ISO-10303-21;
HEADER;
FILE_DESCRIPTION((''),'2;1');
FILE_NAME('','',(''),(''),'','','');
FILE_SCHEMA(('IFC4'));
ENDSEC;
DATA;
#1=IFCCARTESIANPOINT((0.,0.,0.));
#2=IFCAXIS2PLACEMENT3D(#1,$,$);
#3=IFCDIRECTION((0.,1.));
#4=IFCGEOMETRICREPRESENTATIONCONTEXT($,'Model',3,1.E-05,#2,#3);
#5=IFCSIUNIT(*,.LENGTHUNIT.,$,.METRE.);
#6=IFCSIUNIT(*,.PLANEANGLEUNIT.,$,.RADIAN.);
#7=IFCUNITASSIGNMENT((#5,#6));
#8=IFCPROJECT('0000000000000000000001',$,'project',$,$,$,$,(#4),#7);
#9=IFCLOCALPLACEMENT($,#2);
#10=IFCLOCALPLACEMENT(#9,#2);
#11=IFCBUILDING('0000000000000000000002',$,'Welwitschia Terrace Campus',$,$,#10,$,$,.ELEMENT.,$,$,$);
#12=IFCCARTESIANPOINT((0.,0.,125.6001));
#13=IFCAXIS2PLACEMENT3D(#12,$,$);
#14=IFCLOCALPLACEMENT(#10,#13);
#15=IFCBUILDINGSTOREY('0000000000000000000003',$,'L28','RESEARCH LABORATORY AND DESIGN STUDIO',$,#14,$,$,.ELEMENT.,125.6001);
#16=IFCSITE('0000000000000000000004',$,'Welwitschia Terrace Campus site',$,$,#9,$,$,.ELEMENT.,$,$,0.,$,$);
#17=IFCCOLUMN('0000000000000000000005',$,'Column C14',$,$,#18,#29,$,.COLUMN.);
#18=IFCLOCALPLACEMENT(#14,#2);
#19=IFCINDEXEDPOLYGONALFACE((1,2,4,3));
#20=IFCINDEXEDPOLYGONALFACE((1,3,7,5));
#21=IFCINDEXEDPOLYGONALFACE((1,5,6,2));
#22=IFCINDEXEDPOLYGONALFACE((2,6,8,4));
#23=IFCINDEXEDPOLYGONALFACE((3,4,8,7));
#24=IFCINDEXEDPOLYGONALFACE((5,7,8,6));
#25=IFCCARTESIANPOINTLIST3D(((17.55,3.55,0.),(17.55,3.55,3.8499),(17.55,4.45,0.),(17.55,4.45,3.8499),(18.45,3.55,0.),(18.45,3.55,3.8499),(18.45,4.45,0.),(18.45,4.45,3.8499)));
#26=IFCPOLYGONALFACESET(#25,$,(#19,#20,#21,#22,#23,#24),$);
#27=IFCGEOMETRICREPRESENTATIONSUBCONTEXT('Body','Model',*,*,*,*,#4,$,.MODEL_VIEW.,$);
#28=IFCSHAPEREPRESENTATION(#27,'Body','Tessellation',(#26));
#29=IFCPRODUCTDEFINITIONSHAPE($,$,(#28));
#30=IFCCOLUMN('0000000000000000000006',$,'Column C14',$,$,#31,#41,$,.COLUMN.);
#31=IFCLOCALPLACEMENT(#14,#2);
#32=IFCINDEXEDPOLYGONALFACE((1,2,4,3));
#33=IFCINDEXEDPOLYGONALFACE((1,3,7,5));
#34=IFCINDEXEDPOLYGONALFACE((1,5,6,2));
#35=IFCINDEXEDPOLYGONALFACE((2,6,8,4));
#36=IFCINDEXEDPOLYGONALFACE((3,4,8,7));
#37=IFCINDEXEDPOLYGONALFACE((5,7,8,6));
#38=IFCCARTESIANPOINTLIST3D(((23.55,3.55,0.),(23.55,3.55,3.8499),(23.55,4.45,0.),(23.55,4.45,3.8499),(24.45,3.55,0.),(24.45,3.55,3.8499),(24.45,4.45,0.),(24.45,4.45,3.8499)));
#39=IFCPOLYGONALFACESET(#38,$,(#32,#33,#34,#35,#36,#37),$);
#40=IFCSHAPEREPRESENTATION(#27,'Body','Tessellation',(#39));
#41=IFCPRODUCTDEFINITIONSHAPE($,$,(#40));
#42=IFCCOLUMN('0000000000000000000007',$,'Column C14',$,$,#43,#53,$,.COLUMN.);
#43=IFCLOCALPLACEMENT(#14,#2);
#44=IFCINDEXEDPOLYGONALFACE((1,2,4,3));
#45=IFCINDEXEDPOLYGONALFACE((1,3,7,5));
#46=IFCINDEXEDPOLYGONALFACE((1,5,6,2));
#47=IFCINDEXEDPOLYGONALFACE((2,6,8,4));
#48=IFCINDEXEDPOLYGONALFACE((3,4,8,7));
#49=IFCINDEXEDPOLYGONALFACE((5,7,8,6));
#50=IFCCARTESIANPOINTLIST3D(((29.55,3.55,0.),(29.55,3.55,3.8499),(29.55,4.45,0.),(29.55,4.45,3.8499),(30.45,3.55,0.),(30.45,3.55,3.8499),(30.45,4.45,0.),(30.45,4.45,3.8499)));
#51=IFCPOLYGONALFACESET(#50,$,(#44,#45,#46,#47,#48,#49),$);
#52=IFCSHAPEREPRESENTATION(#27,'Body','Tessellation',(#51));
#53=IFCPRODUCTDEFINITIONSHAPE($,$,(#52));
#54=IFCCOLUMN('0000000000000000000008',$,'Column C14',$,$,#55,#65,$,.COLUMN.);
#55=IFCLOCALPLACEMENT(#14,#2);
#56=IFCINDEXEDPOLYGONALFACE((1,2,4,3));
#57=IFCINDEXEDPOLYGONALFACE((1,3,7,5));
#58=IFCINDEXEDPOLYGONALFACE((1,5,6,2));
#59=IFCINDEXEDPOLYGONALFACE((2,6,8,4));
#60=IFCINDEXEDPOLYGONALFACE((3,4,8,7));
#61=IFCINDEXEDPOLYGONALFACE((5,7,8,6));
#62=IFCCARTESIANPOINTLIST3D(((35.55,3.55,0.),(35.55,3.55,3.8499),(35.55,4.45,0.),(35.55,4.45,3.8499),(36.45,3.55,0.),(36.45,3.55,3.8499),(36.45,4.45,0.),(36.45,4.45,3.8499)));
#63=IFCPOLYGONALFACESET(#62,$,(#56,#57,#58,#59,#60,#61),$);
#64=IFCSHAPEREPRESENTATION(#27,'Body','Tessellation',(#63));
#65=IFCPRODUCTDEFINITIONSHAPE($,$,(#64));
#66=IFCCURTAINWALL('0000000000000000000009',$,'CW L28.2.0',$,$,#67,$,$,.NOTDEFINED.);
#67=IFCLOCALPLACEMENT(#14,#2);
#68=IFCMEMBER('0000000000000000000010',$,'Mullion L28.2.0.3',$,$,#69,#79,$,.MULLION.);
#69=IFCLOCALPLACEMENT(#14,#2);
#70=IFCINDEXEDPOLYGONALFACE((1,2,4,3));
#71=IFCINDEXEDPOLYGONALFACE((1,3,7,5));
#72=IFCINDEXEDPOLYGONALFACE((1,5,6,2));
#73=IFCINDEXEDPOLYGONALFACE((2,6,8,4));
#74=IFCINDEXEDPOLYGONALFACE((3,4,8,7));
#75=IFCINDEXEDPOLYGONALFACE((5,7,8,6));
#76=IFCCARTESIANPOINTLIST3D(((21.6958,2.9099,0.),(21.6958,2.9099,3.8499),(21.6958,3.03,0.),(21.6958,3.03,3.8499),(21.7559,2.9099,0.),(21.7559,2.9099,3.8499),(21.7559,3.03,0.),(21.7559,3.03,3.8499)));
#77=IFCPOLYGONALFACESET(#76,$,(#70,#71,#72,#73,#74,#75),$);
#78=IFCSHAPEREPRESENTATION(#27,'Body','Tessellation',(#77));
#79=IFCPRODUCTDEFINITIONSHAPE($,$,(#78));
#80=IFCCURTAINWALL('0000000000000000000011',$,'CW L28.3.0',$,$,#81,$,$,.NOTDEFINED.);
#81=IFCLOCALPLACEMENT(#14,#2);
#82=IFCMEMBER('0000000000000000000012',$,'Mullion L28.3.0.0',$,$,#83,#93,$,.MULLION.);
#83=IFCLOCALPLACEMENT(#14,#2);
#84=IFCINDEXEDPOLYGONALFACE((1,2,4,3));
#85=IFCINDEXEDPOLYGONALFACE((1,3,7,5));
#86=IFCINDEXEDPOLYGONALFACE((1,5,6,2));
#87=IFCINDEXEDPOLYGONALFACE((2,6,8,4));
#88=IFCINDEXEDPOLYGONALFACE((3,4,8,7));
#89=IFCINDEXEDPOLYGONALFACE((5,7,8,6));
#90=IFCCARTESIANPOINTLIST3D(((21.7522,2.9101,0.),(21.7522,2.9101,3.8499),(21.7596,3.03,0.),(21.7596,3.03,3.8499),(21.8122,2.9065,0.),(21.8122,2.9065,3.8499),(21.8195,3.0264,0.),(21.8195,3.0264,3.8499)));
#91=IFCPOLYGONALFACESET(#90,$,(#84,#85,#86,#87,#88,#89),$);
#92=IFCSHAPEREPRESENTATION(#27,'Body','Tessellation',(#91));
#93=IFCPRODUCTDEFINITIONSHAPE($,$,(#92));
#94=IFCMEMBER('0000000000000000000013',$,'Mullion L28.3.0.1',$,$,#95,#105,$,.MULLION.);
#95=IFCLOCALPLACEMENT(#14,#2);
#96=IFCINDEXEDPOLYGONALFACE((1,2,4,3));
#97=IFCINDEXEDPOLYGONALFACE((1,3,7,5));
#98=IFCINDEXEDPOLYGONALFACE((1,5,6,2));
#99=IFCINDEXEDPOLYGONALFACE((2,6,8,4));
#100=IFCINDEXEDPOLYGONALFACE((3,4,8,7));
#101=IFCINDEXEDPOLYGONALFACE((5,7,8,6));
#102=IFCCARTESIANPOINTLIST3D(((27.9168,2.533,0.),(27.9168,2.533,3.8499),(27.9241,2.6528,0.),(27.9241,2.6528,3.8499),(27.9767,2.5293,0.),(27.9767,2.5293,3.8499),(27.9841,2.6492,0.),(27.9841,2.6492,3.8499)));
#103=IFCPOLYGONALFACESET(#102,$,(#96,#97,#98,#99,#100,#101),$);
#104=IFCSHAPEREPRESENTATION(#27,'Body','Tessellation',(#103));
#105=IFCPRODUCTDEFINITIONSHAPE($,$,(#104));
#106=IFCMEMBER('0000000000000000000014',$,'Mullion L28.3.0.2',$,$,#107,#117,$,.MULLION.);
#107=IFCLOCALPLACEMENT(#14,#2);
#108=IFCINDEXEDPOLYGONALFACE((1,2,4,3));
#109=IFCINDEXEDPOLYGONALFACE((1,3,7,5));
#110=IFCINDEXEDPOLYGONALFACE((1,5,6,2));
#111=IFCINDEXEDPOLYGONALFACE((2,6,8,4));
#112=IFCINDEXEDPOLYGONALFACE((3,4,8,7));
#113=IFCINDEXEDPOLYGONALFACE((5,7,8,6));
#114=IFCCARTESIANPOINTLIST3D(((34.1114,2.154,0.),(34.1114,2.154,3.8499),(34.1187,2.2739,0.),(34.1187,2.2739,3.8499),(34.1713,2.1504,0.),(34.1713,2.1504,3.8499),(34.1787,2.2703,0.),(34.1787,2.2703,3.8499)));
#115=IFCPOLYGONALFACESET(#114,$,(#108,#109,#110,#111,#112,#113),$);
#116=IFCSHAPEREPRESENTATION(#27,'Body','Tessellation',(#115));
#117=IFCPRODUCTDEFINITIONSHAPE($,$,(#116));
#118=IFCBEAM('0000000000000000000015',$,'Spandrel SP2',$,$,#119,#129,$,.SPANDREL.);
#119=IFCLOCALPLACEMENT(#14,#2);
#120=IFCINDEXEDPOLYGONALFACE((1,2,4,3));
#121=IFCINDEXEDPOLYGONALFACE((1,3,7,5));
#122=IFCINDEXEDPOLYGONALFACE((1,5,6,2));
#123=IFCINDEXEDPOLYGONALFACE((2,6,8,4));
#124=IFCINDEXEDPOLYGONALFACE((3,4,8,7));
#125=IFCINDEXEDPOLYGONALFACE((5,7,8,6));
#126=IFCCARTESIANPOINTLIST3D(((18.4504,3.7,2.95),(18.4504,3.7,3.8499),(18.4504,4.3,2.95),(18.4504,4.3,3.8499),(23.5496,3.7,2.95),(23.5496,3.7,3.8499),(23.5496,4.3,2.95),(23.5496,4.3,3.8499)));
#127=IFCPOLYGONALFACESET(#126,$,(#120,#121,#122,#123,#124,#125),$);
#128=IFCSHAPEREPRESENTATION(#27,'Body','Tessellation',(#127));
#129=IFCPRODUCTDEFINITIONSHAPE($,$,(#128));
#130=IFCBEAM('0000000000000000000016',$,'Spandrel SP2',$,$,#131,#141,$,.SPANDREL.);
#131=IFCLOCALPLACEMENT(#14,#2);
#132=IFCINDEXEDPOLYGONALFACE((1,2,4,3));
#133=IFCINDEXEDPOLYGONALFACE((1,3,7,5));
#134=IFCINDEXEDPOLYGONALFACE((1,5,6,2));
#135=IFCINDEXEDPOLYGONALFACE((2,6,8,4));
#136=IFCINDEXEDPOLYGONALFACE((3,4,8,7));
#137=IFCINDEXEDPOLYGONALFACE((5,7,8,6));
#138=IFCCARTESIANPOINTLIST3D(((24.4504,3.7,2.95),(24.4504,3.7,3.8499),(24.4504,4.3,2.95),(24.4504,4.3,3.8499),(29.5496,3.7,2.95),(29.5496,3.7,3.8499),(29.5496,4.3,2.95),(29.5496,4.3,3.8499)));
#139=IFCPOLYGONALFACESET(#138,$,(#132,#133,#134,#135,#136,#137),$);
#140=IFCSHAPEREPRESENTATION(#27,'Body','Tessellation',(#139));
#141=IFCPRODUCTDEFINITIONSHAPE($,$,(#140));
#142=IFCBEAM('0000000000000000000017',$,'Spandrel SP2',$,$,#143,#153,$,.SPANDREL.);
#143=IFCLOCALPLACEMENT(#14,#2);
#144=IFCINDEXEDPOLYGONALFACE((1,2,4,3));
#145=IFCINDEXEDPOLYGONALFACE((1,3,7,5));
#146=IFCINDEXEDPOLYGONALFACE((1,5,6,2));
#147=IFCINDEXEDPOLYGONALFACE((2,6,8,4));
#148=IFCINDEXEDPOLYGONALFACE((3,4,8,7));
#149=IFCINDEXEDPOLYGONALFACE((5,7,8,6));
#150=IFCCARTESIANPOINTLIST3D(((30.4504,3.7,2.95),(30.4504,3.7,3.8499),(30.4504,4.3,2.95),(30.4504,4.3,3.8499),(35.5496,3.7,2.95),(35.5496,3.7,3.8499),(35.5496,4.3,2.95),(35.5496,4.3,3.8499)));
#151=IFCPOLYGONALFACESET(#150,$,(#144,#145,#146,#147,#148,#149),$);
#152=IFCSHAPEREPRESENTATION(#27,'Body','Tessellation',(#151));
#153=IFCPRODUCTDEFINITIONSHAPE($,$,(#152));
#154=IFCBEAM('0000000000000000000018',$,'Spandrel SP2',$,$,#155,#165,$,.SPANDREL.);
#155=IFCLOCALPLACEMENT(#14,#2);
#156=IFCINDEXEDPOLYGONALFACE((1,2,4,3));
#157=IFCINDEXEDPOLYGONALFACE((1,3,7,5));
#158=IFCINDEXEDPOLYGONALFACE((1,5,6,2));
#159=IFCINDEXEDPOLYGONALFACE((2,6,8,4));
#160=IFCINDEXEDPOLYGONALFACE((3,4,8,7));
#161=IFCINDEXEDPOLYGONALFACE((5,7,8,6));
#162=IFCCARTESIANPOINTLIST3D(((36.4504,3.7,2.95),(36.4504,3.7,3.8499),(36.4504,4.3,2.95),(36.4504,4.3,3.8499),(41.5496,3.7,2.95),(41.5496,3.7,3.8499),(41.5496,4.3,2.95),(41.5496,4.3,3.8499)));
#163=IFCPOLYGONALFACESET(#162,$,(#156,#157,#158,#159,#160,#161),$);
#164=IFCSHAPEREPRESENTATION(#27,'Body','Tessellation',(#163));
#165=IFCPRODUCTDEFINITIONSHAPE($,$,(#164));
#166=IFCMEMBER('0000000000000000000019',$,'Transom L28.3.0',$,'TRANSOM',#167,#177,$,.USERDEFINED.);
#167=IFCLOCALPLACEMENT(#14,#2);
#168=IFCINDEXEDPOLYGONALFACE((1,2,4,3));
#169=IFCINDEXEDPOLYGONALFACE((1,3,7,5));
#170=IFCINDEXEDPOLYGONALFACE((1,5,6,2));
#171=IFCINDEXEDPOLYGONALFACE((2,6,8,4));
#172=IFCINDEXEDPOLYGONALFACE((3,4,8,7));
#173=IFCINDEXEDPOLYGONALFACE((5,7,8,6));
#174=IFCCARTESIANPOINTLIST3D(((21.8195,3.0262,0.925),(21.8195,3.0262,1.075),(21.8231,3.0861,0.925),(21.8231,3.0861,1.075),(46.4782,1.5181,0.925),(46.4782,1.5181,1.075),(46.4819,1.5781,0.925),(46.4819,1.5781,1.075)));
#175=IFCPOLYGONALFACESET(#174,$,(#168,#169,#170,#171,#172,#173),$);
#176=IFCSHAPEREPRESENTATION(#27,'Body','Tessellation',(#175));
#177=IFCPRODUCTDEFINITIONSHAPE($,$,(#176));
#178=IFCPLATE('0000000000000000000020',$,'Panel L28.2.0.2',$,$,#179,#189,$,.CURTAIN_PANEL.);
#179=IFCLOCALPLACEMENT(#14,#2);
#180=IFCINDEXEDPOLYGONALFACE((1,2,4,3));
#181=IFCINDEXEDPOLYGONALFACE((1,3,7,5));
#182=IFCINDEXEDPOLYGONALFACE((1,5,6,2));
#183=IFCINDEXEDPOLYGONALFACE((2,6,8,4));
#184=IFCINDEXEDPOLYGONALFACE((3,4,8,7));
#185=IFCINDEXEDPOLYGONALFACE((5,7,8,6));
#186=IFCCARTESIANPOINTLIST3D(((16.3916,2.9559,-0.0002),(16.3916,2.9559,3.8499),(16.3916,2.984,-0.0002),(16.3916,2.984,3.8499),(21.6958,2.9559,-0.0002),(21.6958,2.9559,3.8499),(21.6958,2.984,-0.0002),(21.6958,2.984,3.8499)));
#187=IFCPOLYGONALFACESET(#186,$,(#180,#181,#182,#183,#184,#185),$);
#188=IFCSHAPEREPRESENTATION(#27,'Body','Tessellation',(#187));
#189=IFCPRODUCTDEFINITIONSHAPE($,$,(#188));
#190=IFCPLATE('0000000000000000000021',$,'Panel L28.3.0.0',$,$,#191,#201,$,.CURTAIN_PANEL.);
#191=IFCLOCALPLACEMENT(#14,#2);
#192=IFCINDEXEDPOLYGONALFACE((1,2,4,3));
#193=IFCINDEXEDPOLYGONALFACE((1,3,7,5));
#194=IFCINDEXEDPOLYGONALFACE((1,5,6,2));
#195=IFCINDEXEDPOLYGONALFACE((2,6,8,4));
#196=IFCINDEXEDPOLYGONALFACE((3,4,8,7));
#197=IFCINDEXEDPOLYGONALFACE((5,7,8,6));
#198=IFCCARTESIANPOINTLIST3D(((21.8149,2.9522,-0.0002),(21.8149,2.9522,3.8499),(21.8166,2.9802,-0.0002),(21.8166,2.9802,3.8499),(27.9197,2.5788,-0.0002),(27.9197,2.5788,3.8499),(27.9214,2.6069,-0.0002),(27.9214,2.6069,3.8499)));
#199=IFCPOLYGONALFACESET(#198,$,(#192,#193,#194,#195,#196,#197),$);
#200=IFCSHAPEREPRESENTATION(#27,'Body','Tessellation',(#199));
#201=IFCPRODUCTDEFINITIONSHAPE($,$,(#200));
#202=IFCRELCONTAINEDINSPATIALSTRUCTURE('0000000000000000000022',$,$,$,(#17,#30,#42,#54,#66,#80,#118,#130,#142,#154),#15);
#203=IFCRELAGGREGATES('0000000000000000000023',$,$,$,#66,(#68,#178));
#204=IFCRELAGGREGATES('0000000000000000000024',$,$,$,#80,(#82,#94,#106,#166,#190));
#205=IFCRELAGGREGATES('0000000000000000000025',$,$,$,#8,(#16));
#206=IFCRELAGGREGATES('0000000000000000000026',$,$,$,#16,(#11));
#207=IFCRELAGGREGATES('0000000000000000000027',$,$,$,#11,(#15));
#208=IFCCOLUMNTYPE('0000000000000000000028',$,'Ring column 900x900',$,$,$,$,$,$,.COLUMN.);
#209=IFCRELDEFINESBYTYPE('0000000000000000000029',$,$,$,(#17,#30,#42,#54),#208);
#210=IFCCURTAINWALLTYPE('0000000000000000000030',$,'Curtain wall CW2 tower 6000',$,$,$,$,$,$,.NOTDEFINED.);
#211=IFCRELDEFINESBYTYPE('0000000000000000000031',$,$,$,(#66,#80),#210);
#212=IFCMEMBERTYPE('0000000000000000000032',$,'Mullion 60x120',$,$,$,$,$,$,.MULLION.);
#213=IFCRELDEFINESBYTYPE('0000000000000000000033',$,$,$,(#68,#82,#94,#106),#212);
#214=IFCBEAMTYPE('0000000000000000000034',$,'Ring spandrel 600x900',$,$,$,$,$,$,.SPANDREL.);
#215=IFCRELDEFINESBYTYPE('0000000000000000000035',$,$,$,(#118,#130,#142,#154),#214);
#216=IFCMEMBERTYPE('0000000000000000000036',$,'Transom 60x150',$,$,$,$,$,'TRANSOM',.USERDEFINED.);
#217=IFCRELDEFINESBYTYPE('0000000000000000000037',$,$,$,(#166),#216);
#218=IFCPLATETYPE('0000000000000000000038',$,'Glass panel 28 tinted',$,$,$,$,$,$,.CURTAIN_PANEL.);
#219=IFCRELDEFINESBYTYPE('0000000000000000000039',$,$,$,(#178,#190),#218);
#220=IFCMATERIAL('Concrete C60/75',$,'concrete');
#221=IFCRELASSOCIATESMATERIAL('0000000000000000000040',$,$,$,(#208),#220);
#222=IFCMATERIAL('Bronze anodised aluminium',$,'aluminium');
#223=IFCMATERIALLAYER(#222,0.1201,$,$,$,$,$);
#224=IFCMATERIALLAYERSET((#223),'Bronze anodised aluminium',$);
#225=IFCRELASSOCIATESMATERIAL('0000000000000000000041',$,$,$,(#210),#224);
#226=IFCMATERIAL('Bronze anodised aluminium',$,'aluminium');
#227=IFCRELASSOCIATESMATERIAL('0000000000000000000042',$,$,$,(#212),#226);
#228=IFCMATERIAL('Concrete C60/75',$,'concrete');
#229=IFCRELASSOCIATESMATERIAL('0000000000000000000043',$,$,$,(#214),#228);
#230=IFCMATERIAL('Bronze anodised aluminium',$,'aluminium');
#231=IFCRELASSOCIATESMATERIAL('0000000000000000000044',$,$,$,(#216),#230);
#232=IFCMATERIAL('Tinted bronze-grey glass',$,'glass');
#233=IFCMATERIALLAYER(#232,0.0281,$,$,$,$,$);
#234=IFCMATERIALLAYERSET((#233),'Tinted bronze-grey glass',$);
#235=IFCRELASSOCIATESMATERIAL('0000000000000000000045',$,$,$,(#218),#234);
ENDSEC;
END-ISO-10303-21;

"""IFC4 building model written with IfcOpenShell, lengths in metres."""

from ifc_helpers import new_model, si_unit, direction, frame, origin, origin_2d, place, context, subcontext, project, spatial, rectangle, extrude, material, layer, layer_set, material_profile, profile_set, type_object, element, aggregate, save


model = new_model("IFC4")

# Units and contexts
model_context = context("Model", 3, precision=1e-05, world=origin(), true_north=direction((0.0, 1.0)))
body_context = subcontext(model_context, "Body", "Model", "MODEL_VIEW")
ifc_project = project(units=[si_unit("LENGTHUNIT", "METRE"), si_unit("PLANEANGLEUNIT", "RADIAN")], contexts=[model_context])

# Site, building, storey
site_placement = place(None, origin())
site = spatial("IfcSite", under=ifc_project, at=site_placement, Name="Welwitschia Terrace Campus site", CompositionType="ELEMENT", RefElevation=0.0)
building_placement = place(site_placement, origin())
building = spatial("IfcBuilding", under=site, at=building_placement, Name="Welwitschia Terrace Campus", CompositionType="ELEMENT")
storey_placement = place(building_placement, frame((0.0, 0.0, 125.6001)))
storey = spatial("IfcBuildingStorey", under=building, at=storey_placement, Name="L28", Description="RESEARCH LABORATORY AND DESIGN STUDIO", CompositionType="ELEMENT", Elevation=125.6001)

# Columns
ifc_material_1 = material(Name="Concrete C60/75", Category="concrete")
ifc_material_profile_1 = material_profile(ifc_material_1, rectangle(XDim=0.8999, YDim=0.8999, at=origin_2d()))
ifc_profile_set_1 = profile_set([ifc_material_profile_1], Name="Concrete C60/75")
column_type = type_object("IfcColumnType", Name="Ring column 900x900", PredefinedType="COLUMN", material=ifc_profile_set_1)
for number, where, z_axis, x_axis, name in (
    (1, (18.0, 4.0, 0.0), (0.0, 0.0, 1.0), (1.0, 0.0, 0.0), "Column C14"),
    (2, (24.0, 4.0, 0.0), (0.0, 0.0, 1.0), (1.0, 0.0, 0.0), "Column C14"),
    (3, (30.0, 4.0, 0.0), (0.0, 0.0, 1.0), (1.0, 0.0, 0.0), "Column C14"),
    (4, (36.0, 4.0, 0.0), (0.0, 0.0, 1.0), (1.0, 0.0, 0.0), "Column C14"),
):
    element("IfcColumn", number, at=place(storey_placement, frame(where, z_axis=z_axis, x_axis=x_axis)), inside=storey, type_object=column_type, Name=name, PredefinedType="COLUMN", context=body_context, shape_type="SweptSolid", body=[
        extrude(rectangle(XDim=0.8999, YDim=0.8999, at=origin_2d()), origin(), (0.0, 0.0, 1.0), 3.8499),
    ])

# Curtain wall, member
ifc_material_2 = material(Name="Bronze anodised aluminium", Category="aluminium")
ifc_layer_1 = layer(ifc_material_2, 0.1201)
ifc_layer_set_1 = layer_set([ifc_layer_1], Name="Bronze anodised aluminium")
curtain_wall_type = type_object("IfcCurtainWallType", Name="Curtain wall CW2 tower 6000", PredefinedType="NOTDEFINED", material=ifc_layer_set_1)
curtain_wall_1_placement = place(storey_placement, origin())
curtain_wall_1 = element("IfcCurtainWall", 5, at=curtain_wall_1_placement, inside=storey, type_object=curtain_wall_type, Name="CW L28.2.0", PredefinedType="NOTDEFINED")
ifc_material_3 = material(Name="Bronze anodised aluminium", Category="aluminium")
ifc_material_profile_2 = material_profile(ifc_material_3, rectangle(XDim=0.1201, YDim=0.0601, at=origin_2d()))
ifc_profile_set_2 = profile_set([ifc_material_profile_2], Name="Bronze anodised aluminium")
member_type_1 = type_object("IfcMemberType", Name="Mullion 60x120", PredefinedType="MULLION", material=ifc_profile_set_2)
member_1_placement = place(storey_placement, frame((21.7258, 2.97, 0.0), z_axis=(0.0, 0.0, 1.0), x_axis=(0.0, 1.0, 0.0)))
member_1 = element("IfcMember", 6, at=member_1_placement, type_object=member_type_1, Name="Mullion L28.2.0.3", PredefinedType="MULLION", context=body_context, shape_type="SweptSolid", body=[
    extrude(rectangle(XDim=0.1201, YDim=0.0601, at=origin_2d()), origin(), (0.0, 0.0, 1.0), 3.8499),
])

# Curtain wall, members
curtain_wall_2_placement = place(storey_placement, origin())
curtain_wall_2 = element("IfcCurtainWall", 7, at=curtain_wall_2_placement, inside=storey, type_object=curtain_wall_type, Name="CW L28.3.0", PredefinedType="NOTDEFINED")
member_2_placement = place(storey_placement, frame((21.7859, 2.9683, 0.0), z_axis=(0.0, 0.0, 1.0), x_axis=(0.061049, 0.998135, 0.0)))
member_2 = element("IfcMember", 8, at=member_2_placement, type_object=member_type_1, Name="Mullion L28.3.0.0", PredefinedType="MULLION", context=body_context, shape_type="SweptSolid", body=[
    extrude(rectangle(XDim=0.1201, YDim=0.0601, at=origin_2d()), origin(), (0.0, 0.0, 1.0), 3.8499),
])
member_3_placement = place(storey_placement, frame((27.9504, 2.5911, 0.0), z_axis=(0.0, 0.0, 1.0), x_axis=(0.061049, 0.998135, 0.0)))
member_3 = element("IfcMember", 9, at=member_3_placement, type_object=member_type_1, Name="Mullion L28.3.0.1", PredefinedType="MULLION", context=body_context, shape_type="SweptSolid", body=[
    extrude(rectangle(XDim=0.1201, YDim=0.0601, at=origin_2d()), origin(), (0.0, 0.0, 1.0), 3.8499),
])
member_4_placement = place(storey_placement, frame((34.145, 2.2122, 0.0), z_axis=(0.0, 0.0, 1.0), x_axis=(0.061049, 0.998135, 0.0)))
member_4 = element("IfcMember", 10, at=member_4_placement, type_object=member_type_1, Name="Mullion L28.3.0.2", PredefinedType="MULLION", context=body_context, shape_type="SweptSolid", body=[
    extrude(rectangle(XDim=0.1201, YDim=0.0601, at=origin_2d()), origin(), (0.0, 0.0, 1.0), 3.8499),
])

# Beams
ifc_material_4 = material(Name="Concrete C60/75", Category="concrete")
ifc_material_profile_3 = material_profile(ifc_material_4, rectangle(XDim=0.6001, YDim=0.8999, at=origin_2d()))
ifc_profile_set_3 = profile_set([ifc_material_profile_3], Name="Concrete C60/75")
beam_type = type_object("IfcBeamType", Name="Ring spandrel 600x900", PredefinedType="SPANDREL", material=ifc_profile_set_3)
for number, where, z_axis, x_axis, name in (
    (11, (18.4504, 4.0, 3.3999), (1.0, 0.0, 0.0), (0.0, 1.0, 0.0), "Spandrel SP2"),
    (12, (24.4504, 4.0, 3.3999), (1.0, 0.0, 0.0), (0.0, 1.0, 0.0), "Spandrel SP2"),
    (13, (30.4504, 4.0, 3.3999), (1.0, 0.0, 0.0), (0.0, 1.0, 0.0), "Spandrel SP2"),
    (14, (36.4504, 4.0, 3.3999), (1.0, 0.0, 0.0), (0.0, 1.0, 0.0), "Spandrel SP2"),
):
    element("IfcBeam", number, at=place(storey_placement, frame(where, z_axis=z_axis, x_axis=x_axis)), inside=storey, type_object=beam_type, Name=name, PredefinedType="SPANDREL", context=body_context, shape_type="SweptSolid", body=[
        extrude(rectangle(XDim=0.6001, YDim=0.8999, at=origin_2d()), origin(), (0.0, 0.0, 1.0), 5.0991),
    ])

# Member
ifc_material_5 = material(Name="Bronze anodised aluminium", Category="aluminium")
ifc_material_profile_4 = material_profile(ifc_material_5, rectangle(XDim=0.0601, YDim=0.1499, at=origin_2d()))
ifc_profile_set_4 = profile_set([ifc_material_profile_4], Name="Bronze anodised aluminium")
member_type_2 = type_object("IfcMemberType", Name="Transom 60x150", ElementType="TRANSOM", PredefinedType="USERDEFINED", material=ifc_profile_set_4)
member_5_placement = place(storey_placement, frame((21.8213, 3.0562, 1.0), z_axis=(0.998135, -0.061043, 0.0), x_axis=(0.061043, 0.998135, 0.0)))
member_5 = element("IfcMember", 15, at=member_5_placement, type_object=member_type_2, Name="Transom L28.3.0", ObjectType="TRANSOM", PredefinedType="USERDEFINED", context=body_context, shape_type="SweptSolid", body=[
    extrude(rectangle(XDim=0.0601, YDim=0.1499, at=origin_2d()), origin(), (0.0, 0.0, 1.0), 24.7048),
])

# Plates
ifc_material_6 = material(Name="Tinted bronze-grey glass", Category="glass")
ifc_layer_2 = layer(ifc_material_6, 0.0281)
ifc_layer_set_2 = layer_set([ifc_layer_2], Name="Tinted bronze-grey glass")
plate_type = type_object("IfcPlateType", Name="Glass panel 28 tinted", PredefinedType="CURTAIN_PANEL", material=ifc_layer_set_2)
plate_1_placement = place(storey_placement, frame((19.0437, 2.97, -0.0002), z_axis=(0.0, 0.0, 1.0), x_axis=(1.0, 0.0, 0.0)))
plate_1 = element("IfcPlate", 16, at=plate_1_placement, type_object=plate_type, Name="Panel L28.2.0.2", PredefinedType="CURTAIN_PANEL", context=body_context, shape_type="SweptSolid", body=[
    extrude(rectangle(XDim=5.3042, YDim=0.0281, at=origin_2d()), origin(), (0.0, 0.0, 1.0), 3.8501),
])
aggregate(curtain_wall_1, [member_1, plate_1])
plate_2_placement = place(storey_placement, frame((24.8682, 2.7795, -0.0002), z_axis=(0.0, 0.0, 1.0), x_axis=(0.998135, -0.061049, 0.0)))
plate_2 = element("IfcPlate", 17, at=plate_2_placement, type_object=plate_type, Name="Panel L28.3.0.0", PredefinedType="CURTAIN_PANEL", context=body_context, shape_type="SweptSolid", body=[
    extrude(rectangle(XDim=6.1162, YDim=0.0281, at=origin_2d()), origin(), (0.0, 0.0, 1.0), 3.8501),
])
aggregate(curtain_wall_2, [member_2, member_3, member_4, member_5, plate_2])

save(model, "model.ifc")
